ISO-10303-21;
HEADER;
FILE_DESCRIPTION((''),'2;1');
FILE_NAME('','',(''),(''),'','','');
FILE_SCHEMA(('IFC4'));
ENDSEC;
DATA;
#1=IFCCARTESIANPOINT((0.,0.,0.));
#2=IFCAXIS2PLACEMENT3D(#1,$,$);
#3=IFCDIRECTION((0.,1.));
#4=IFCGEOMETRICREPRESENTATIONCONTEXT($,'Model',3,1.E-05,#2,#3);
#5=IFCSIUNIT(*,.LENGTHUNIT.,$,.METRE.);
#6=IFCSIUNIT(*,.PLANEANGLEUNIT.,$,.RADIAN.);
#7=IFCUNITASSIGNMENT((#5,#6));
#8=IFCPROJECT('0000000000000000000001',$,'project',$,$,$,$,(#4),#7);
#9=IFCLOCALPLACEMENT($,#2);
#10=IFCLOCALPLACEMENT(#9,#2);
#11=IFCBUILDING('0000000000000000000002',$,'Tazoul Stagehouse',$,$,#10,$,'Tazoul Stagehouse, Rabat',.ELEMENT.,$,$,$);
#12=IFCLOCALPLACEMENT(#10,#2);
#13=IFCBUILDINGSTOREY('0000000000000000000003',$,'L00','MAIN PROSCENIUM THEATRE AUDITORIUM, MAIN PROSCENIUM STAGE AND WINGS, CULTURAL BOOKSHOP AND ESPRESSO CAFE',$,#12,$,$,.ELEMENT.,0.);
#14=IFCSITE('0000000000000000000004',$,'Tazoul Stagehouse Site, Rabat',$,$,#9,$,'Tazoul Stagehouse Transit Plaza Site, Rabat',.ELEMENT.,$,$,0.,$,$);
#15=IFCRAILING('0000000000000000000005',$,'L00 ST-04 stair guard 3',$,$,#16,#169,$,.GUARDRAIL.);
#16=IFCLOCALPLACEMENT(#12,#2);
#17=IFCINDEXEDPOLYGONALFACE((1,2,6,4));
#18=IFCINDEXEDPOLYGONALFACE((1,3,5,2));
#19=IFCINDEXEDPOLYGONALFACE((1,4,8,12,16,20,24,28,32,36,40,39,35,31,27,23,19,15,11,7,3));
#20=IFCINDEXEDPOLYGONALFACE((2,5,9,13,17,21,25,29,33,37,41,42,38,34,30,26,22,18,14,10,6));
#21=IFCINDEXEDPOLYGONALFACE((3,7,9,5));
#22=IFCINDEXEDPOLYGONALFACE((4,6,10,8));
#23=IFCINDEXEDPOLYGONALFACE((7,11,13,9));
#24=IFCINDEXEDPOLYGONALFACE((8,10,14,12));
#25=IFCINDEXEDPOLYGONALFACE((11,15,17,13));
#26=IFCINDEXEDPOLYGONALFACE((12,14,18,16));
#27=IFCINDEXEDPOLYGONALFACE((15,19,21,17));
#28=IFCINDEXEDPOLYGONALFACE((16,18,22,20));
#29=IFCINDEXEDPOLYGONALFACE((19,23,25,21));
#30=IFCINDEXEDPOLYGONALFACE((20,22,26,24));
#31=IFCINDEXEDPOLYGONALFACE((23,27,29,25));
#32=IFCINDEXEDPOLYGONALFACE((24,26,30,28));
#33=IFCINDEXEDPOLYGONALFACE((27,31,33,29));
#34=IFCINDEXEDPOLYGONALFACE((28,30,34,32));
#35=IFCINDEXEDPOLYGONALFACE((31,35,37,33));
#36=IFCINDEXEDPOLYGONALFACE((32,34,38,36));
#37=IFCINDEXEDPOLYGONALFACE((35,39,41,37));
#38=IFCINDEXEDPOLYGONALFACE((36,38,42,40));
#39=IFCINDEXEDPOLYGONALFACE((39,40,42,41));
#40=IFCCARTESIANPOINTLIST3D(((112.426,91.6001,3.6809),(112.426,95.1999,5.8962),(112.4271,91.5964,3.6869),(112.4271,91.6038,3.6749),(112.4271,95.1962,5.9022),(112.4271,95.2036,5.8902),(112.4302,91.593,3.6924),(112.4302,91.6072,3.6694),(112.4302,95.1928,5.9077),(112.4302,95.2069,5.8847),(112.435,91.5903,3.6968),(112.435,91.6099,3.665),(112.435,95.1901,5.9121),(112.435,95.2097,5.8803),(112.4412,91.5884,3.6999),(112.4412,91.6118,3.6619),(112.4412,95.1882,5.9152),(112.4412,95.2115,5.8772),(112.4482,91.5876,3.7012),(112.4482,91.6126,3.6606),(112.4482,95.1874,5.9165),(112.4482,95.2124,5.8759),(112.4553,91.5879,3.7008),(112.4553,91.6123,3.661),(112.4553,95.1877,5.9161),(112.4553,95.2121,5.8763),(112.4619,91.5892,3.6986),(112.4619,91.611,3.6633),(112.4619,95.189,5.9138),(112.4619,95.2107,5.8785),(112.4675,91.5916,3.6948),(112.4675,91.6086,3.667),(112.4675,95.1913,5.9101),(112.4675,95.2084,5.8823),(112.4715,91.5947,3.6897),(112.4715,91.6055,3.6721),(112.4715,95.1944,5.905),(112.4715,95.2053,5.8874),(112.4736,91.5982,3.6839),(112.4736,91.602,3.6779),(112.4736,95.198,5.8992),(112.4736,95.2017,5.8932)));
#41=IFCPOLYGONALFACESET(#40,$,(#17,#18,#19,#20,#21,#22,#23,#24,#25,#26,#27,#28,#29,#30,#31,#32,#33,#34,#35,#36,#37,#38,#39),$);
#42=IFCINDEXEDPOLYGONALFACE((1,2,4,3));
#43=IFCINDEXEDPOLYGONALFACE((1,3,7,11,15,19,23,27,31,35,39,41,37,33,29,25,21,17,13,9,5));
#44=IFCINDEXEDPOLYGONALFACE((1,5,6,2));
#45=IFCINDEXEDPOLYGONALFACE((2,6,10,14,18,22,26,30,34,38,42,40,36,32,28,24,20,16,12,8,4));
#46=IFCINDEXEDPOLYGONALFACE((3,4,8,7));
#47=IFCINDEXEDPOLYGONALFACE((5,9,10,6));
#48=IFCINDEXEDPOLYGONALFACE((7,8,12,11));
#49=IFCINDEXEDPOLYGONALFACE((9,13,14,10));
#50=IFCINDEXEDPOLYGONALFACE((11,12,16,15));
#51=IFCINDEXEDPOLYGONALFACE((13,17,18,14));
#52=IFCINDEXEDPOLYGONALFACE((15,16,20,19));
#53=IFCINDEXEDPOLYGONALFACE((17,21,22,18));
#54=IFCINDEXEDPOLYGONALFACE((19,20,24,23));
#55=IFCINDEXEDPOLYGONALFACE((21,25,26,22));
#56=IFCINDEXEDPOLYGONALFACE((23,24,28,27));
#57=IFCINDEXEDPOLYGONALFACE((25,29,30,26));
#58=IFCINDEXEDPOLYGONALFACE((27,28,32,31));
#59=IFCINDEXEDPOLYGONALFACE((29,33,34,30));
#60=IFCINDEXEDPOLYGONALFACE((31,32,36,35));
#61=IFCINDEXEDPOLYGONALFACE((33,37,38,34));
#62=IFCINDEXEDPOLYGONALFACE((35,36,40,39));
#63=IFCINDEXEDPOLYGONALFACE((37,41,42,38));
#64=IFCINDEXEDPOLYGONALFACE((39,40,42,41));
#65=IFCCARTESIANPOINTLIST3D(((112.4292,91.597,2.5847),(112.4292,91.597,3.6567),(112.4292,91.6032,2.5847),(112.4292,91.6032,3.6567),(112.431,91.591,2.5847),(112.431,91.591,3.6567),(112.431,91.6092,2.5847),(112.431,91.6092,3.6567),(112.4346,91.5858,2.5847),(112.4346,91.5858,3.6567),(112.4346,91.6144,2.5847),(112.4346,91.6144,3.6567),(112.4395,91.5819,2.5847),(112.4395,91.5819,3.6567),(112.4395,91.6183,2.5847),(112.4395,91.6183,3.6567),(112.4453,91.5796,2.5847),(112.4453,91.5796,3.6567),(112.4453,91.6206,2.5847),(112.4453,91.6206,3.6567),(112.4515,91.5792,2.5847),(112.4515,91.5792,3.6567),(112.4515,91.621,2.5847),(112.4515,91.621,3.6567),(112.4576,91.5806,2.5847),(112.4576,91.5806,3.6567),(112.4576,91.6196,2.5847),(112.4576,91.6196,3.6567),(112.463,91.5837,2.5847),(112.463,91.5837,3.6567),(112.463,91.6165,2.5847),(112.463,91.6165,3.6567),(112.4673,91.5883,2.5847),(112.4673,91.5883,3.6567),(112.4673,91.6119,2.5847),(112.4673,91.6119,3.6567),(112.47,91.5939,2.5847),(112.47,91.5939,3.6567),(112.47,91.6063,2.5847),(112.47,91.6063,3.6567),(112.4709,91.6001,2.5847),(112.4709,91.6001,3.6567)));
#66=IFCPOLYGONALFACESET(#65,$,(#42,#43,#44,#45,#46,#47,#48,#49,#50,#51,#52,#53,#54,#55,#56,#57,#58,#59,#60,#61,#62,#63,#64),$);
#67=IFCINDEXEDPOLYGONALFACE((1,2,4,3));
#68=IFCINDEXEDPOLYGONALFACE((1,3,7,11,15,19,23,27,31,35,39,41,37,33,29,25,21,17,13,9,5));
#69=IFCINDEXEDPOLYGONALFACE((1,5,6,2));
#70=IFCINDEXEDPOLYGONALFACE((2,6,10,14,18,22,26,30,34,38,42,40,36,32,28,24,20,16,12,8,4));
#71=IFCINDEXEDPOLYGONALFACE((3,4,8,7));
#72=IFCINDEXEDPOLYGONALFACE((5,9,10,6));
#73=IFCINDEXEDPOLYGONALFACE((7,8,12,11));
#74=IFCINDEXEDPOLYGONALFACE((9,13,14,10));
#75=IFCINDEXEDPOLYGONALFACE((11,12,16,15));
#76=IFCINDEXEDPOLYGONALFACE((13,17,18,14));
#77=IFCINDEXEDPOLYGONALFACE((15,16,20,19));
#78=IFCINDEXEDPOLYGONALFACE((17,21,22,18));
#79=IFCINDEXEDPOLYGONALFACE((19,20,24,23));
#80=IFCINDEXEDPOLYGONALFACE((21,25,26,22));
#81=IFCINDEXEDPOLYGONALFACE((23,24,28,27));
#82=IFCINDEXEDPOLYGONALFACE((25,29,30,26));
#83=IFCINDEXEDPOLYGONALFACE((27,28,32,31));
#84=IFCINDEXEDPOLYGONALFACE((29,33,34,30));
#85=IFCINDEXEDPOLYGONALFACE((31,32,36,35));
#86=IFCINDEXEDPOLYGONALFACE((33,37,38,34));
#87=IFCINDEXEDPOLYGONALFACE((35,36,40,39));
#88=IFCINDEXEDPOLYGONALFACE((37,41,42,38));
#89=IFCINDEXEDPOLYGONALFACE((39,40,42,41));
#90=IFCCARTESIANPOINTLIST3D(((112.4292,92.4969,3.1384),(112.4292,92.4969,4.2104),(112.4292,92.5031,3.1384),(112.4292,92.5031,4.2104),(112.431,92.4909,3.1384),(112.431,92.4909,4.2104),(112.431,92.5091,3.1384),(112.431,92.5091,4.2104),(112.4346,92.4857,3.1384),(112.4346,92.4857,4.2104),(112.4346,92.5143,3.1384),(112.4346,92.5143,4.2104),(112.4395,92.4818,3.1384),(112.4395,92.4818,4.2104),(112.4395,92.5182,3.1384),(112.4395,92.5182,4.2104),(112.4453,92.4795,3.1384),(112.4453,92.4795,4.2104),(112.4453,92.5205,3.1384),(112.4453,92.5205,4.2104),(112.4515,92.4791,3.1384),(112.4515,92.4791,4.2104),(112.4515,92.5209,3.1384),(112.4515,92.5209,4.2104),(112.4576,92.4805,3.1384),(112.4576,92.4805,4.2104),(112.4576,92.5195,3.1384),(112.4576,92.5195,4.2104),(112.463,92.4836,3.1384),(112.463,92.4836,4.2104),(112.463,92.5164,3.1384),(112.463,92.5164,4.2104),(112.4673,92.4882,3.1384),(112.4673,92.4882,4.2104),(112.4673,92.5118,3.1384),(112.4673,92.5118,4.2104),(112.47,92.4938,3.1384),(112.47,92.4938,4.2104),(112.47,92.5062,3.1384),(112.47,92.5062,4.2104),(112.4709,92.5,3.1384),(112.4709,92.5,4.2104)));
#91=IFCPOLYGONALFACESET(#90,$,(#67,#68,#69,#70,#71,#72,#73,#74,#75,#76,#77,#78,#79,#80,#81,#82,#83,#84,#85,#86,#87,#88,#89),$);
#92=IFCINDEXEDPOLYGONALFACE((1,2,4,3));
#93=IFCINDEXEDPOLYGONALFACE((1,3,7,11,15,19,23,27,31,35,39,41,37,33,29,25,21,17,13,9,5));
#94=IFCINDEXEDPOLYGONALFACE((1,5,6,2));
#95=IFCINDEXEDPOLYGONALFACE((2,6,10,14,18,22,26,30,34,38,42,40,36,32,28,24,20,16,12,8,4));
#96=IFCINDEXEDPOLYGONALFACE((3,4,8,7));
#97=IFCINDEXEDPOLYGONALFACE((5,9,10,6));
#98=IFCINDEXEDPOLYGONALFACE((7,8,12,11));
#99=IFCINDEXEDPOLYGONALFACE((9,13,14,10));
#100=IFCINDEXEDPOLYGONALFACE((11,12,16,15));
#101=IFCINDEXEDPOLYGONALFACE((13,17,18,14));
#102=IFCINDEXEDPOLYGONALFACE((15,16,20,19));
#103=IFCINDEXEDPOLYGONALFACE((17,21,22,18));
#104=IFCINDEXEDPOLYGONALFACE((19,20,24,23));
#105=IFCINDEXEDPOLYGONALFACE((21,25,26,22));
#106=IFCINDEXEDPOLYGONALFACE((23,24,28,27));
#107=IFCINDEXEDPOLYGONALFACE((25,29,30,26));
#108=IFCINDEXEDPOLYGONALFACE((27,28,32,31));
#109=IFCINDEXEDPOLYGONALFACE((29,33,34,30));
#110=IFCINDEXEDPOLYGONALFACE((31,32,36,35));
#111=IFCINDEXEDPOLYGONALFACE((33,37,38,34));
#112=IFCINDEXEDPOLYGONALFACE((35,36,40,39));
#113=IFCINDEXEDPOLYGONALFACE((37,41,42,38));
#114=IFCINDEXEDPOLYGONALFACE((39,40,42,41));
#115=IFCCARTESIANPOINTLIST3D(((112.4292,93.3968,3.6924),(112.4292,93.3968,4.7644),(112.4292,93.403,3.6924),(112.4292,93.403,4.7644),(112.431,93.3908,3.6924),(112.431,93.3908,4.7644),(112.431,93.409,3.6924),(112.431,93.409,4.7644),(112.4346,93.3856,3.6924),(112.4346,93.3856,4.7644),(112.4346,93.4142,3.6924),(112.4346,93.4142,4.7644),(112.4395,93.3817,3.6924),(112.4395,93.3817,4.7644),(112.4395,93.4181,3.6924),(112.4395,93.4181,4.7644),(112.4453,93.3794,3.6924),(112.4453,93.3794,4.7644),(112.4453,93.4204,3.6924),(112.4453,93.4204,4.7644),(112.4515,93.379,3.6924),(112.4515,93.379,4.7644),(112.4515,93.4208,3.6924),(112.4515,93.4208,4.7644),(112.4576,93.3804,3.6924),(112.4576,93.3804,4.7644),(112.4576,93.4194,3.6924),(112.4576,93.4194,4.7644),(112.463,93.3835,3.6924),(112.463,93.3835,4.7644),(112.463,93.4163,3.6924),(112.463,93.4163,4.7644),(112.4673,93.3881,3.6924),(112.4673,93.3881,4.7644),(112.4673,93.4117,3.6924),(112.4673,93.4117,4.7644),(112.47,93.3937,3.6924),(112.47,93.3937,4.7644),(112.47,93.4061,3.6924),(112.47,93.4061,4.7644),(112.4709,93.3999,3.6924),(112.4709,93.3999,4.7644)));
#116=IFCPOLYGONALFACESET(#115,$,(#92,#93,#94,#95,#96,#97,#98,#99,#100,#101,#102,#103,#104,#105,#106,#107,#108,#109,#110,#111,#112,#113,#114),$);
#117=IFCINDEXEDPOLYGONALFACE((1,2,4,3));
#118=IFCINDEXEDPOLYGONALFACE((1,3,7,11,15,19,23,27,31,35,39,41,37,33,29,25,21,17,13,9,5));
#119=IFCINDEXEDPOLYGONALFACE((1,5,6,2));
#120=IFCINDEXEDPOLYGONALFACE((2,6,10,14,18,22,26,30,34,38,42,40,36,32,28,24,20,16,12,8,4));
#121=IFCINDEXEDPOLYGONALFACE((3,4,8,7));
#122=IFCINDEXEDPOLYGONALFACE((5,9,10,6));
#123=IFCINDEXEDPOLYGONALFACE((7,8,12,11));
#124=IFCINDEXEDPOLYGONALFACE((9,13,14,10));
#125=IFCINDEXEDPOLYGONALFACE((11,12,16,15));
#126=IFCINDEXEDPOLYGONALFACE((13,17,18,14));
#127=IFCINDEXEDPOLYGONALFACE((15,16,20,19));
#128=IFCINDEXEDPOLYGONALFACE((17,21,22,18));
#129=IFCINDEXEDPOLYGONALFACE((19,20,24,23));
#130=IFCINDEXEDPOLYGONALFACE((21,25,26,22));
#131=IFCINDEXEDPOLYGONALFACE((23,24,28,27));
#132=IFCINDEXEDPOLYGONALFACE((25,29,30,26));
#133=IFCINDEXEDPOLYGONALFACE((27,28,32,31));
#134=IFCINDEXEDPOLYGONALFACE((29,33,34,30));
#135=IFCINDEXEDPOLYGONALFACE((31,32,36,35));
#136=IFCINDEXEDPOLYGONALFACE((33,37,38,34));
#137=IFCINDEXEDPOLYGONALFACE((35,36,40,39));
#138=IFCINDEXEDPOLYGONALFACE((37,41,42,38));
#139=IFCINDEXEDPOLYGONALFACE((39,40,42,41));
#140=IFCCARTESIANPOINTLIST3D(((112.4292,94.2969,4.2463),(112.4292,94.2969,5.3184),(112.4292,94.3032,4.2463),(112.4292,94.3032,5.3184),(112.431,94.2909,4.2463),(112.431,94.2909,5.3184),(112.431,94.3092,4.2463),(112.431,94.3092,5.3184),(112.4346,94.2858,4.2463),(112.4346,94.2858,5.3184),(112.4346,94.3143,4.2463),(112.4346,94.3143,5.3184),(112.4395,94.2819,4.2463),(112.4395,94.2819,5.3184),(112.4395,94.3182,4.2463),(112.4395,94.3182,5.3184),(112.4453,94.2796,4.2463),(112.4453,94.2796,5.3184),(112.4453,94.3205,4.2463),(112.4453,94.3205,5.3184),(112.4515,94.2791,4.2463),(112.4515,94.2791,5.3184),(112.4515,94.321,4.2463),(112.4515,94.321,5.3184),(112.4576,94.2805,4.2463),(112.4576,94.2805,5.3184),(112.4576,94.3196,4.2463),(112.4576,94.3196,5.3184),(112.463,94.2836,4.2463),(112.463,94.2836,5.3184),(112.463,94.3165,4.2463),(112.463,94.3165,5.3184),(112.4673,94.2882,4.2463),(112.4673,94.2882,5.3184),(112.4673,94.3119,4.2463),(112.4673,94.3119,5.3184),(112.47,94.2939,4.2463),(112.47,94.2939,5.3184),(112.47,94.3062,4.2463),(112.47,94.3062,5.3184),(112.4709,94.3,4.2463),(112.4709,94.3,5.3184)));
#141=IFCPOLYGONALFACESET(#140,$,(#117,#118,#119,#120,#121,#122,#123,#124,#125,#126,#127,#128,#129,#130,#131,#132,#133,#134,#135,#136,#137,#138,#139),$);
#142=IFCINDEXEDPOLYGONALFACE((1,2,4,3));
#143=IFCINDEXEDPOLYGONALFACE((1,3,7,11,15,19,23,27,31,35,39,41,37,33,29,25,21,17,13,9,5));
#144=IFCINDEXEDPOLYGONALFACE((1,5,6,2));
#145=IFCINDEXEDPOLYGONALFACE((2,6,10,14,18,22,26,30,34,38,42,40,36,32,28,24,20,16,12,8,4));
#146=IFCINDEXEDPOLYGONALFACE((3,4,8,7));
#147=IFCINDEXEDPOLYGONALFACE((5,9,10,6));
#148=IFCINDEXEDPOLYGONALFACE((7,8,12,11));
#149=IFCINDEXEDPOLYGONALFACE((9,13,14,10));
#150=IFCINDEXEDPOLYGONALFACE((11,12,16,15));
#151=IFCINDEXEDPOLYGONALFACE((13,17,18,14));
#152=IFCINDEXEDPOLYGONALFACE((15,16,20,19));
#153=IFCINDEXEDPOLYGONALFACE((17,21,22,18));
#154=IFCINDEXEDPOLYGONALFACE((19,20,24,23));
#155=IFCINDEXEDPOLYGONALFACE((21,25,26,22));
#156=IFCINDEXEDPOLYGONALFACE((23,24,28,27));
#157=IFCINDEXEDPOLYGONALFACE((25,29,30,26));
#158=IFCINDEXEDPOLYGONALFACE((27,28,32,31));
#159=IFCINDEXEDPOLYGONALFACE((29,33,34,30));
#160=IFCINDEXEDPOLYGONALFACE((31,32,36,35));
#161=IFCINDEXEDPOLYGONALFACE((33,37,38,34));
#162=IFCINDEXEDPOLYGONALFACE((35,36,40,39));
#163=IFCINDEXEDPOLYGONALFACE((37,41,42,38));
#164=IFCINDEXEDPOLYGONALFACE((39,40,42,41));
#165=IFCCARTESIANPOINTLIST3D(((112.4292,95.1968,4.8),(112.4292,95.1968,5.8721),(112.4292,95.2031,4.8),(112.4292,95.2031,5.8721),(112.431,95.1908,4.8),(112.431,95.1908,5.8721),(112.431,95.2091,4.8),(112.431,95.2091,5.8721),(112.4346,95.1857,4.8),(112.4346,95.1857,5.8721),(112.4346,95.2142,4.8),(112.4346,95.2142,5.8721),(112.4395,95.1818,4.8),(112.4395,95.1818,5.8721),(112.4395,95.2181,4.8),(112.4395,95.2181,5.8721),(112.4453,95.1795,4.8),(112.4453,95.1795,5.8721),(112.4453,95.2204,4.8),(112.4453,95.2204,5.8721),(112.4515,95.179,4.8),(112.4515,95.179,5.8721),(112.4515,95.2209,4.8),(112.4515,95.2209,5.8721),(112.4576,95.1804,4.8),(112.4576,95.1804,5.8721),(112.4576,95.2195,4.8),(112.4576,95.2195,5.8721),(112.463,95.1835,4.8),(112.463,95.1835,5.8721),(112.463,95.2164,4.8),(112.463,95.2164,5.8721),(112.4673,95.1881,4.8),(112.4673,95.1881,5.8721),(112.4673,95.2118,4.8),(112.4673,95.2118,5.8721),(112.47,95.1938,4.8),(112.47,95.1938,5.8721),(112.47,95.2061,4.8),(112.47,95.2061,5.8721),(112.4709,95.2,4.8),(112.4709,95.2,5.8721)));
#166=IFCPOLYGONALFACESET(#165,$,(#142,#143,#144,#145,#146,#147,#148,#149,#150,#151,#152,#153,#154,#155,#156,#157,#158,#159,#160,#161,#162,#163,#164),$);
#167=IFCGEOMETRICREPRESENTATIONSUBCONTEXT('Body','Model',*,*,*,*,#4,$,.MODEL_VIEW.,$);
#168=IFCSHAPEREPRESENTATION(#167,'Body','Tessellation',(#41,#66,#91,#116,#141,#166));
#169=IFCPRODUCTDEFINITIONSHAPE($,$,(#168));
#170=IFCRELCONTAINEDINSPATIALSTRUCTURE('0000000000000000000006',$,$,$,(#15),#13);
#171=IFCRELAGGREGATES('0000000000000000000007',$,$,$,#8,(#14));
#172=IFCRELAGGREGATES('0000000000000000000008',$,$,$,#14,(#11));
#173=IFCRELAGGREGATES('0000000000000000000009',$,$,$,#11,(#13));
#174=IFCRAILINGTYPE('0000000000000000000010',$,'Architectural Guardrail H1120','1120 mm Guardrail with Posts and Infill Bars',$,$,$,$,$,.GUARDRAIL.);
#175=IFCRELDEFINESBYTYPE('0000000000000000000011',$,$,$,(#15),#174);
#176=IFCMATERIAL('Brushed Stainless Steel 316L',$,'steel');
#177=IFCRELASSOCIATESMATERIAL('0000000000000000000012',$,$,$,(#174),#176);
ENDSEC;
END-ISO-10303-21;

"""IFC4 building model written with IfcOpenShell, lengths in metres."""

from ifc_helpers import new_model, si_unit, direction, frame, origin, origin_2d, place, context, subcontext, project, spatial, circle, extrude, material, material_profile, profile_set, type_object, element, save


model = new_model("IFC4")

# Units and contexts
model_context = context("Model", 3, precision=1e-05, world=origin(), true_north=direction((0.0, 1.0)))
body_context = subcontext(model_context, "Body", "Model", "MODEL_VIEW")
ifc_project = project(units=[si_unit("LENGTHUNIT", "METRE"), si_unit("PLANEANGLEUNIT", "RADIAN")], contexts=[model_context])

# Site, building, storey
site_placement = place(None, origin())
site = spatial("IfcSite", under=ifc_project, at=site_placement, Name="Tazoul Stagehouse Site, Rabat", LongName="Tazoul Stagehouse Transit Plaza Site, Rabat", CompositionType="ELEMENT", RefElevation=0.0)
building_placement = place(site_placement, origin())
building = spatial("IfcBuilding", under=site, at=building_placement, Name="Tazoul Stagehouse", LongName="Tazoul Stagehouse, Rabat", CompositionType="ELEMENT")
storey_placement = place(building_placement, origin())
storey = spatial("IfcBuildingStorey", under=building, at=storey_placement, Name="L00", Description="MAIN PROSCENIUM THEATRE AUDITORIUM, MAIN PROSCENIUM STAGE AND WINGS, CULTURAL BOOKSHOP AND ESPRESSO CAFE", CompositionType="ELEMENT", Elevation=0.0)

# Railing
ifc_material_1 = material(Name="Brushed Stainless Steel 316L", Category="steel")
ifc_material_profile_1 = material_profile(ifc_material_1, circle(Radius=0.0239, at=origin_2d()), Name="SS RAIL D48")
ifc_profile_set_1 = profile_set([ifc_material_profile_1], Name="Brushed Stainless Steel 316L")
railing_type_1 = type_object("IfcRailingType", Name="Architectural Guardrail H1120", Description="1120 mm Guardrail with Posts and Infill Bars", PredefinedType="GUARDRAIL", material=ifc_profile_set_1)
railing_1_placement = place(storey_placement, frame((112.45, 91.6001, 2.5847)))
element("IfcRailing", 1, at=railing_1_placement, inside=storey, type_object=railing_type_1, Name="L00 ST-04 stair guard 3", PredefinedType="GUARDRAIL", context=body_context, shape_type="SweptSolid", body=[
    extrude(circle(Radius=0.0239, at=origin_2d()), frame((0.0, 0.0, 1.0962), z_axis=(0.0, 0.851654, 0.524104), x_axis=(-1.0, 0.0, 0.0)), (0.0, 0.0, 1.0), 4.2268),
    extrude(circle(Radius=0.021, at=origin_2d()), origin(), (0.0, 0.0, 1.0), 1.072),
    extrude(circle(Radius=0.021, at=origin_2d()), frame((0.0, 0.8999, 0.5537)), (0.0, 0.0, 1.0), 1.072),
    extrude(circle(Radius=0.021, at=origin_2d()), frame((0.0, 1.7998, 1.1077)), (0.0, 0.0, 1.0), 1.072),
    extrude(circle(Radius=0.021, at=origin_2d()), frame((0.0, 2.7, 1.6616)), (0.0, 0.0, 1.0), 1.072),
    extrude(circle(Radius=0.021, at=origin_2d()), frame((0.0, 3.5999, 2.2153)), (0.0, 0.0, 1.0), 1.072),
])

save(model, "model.ifc")
